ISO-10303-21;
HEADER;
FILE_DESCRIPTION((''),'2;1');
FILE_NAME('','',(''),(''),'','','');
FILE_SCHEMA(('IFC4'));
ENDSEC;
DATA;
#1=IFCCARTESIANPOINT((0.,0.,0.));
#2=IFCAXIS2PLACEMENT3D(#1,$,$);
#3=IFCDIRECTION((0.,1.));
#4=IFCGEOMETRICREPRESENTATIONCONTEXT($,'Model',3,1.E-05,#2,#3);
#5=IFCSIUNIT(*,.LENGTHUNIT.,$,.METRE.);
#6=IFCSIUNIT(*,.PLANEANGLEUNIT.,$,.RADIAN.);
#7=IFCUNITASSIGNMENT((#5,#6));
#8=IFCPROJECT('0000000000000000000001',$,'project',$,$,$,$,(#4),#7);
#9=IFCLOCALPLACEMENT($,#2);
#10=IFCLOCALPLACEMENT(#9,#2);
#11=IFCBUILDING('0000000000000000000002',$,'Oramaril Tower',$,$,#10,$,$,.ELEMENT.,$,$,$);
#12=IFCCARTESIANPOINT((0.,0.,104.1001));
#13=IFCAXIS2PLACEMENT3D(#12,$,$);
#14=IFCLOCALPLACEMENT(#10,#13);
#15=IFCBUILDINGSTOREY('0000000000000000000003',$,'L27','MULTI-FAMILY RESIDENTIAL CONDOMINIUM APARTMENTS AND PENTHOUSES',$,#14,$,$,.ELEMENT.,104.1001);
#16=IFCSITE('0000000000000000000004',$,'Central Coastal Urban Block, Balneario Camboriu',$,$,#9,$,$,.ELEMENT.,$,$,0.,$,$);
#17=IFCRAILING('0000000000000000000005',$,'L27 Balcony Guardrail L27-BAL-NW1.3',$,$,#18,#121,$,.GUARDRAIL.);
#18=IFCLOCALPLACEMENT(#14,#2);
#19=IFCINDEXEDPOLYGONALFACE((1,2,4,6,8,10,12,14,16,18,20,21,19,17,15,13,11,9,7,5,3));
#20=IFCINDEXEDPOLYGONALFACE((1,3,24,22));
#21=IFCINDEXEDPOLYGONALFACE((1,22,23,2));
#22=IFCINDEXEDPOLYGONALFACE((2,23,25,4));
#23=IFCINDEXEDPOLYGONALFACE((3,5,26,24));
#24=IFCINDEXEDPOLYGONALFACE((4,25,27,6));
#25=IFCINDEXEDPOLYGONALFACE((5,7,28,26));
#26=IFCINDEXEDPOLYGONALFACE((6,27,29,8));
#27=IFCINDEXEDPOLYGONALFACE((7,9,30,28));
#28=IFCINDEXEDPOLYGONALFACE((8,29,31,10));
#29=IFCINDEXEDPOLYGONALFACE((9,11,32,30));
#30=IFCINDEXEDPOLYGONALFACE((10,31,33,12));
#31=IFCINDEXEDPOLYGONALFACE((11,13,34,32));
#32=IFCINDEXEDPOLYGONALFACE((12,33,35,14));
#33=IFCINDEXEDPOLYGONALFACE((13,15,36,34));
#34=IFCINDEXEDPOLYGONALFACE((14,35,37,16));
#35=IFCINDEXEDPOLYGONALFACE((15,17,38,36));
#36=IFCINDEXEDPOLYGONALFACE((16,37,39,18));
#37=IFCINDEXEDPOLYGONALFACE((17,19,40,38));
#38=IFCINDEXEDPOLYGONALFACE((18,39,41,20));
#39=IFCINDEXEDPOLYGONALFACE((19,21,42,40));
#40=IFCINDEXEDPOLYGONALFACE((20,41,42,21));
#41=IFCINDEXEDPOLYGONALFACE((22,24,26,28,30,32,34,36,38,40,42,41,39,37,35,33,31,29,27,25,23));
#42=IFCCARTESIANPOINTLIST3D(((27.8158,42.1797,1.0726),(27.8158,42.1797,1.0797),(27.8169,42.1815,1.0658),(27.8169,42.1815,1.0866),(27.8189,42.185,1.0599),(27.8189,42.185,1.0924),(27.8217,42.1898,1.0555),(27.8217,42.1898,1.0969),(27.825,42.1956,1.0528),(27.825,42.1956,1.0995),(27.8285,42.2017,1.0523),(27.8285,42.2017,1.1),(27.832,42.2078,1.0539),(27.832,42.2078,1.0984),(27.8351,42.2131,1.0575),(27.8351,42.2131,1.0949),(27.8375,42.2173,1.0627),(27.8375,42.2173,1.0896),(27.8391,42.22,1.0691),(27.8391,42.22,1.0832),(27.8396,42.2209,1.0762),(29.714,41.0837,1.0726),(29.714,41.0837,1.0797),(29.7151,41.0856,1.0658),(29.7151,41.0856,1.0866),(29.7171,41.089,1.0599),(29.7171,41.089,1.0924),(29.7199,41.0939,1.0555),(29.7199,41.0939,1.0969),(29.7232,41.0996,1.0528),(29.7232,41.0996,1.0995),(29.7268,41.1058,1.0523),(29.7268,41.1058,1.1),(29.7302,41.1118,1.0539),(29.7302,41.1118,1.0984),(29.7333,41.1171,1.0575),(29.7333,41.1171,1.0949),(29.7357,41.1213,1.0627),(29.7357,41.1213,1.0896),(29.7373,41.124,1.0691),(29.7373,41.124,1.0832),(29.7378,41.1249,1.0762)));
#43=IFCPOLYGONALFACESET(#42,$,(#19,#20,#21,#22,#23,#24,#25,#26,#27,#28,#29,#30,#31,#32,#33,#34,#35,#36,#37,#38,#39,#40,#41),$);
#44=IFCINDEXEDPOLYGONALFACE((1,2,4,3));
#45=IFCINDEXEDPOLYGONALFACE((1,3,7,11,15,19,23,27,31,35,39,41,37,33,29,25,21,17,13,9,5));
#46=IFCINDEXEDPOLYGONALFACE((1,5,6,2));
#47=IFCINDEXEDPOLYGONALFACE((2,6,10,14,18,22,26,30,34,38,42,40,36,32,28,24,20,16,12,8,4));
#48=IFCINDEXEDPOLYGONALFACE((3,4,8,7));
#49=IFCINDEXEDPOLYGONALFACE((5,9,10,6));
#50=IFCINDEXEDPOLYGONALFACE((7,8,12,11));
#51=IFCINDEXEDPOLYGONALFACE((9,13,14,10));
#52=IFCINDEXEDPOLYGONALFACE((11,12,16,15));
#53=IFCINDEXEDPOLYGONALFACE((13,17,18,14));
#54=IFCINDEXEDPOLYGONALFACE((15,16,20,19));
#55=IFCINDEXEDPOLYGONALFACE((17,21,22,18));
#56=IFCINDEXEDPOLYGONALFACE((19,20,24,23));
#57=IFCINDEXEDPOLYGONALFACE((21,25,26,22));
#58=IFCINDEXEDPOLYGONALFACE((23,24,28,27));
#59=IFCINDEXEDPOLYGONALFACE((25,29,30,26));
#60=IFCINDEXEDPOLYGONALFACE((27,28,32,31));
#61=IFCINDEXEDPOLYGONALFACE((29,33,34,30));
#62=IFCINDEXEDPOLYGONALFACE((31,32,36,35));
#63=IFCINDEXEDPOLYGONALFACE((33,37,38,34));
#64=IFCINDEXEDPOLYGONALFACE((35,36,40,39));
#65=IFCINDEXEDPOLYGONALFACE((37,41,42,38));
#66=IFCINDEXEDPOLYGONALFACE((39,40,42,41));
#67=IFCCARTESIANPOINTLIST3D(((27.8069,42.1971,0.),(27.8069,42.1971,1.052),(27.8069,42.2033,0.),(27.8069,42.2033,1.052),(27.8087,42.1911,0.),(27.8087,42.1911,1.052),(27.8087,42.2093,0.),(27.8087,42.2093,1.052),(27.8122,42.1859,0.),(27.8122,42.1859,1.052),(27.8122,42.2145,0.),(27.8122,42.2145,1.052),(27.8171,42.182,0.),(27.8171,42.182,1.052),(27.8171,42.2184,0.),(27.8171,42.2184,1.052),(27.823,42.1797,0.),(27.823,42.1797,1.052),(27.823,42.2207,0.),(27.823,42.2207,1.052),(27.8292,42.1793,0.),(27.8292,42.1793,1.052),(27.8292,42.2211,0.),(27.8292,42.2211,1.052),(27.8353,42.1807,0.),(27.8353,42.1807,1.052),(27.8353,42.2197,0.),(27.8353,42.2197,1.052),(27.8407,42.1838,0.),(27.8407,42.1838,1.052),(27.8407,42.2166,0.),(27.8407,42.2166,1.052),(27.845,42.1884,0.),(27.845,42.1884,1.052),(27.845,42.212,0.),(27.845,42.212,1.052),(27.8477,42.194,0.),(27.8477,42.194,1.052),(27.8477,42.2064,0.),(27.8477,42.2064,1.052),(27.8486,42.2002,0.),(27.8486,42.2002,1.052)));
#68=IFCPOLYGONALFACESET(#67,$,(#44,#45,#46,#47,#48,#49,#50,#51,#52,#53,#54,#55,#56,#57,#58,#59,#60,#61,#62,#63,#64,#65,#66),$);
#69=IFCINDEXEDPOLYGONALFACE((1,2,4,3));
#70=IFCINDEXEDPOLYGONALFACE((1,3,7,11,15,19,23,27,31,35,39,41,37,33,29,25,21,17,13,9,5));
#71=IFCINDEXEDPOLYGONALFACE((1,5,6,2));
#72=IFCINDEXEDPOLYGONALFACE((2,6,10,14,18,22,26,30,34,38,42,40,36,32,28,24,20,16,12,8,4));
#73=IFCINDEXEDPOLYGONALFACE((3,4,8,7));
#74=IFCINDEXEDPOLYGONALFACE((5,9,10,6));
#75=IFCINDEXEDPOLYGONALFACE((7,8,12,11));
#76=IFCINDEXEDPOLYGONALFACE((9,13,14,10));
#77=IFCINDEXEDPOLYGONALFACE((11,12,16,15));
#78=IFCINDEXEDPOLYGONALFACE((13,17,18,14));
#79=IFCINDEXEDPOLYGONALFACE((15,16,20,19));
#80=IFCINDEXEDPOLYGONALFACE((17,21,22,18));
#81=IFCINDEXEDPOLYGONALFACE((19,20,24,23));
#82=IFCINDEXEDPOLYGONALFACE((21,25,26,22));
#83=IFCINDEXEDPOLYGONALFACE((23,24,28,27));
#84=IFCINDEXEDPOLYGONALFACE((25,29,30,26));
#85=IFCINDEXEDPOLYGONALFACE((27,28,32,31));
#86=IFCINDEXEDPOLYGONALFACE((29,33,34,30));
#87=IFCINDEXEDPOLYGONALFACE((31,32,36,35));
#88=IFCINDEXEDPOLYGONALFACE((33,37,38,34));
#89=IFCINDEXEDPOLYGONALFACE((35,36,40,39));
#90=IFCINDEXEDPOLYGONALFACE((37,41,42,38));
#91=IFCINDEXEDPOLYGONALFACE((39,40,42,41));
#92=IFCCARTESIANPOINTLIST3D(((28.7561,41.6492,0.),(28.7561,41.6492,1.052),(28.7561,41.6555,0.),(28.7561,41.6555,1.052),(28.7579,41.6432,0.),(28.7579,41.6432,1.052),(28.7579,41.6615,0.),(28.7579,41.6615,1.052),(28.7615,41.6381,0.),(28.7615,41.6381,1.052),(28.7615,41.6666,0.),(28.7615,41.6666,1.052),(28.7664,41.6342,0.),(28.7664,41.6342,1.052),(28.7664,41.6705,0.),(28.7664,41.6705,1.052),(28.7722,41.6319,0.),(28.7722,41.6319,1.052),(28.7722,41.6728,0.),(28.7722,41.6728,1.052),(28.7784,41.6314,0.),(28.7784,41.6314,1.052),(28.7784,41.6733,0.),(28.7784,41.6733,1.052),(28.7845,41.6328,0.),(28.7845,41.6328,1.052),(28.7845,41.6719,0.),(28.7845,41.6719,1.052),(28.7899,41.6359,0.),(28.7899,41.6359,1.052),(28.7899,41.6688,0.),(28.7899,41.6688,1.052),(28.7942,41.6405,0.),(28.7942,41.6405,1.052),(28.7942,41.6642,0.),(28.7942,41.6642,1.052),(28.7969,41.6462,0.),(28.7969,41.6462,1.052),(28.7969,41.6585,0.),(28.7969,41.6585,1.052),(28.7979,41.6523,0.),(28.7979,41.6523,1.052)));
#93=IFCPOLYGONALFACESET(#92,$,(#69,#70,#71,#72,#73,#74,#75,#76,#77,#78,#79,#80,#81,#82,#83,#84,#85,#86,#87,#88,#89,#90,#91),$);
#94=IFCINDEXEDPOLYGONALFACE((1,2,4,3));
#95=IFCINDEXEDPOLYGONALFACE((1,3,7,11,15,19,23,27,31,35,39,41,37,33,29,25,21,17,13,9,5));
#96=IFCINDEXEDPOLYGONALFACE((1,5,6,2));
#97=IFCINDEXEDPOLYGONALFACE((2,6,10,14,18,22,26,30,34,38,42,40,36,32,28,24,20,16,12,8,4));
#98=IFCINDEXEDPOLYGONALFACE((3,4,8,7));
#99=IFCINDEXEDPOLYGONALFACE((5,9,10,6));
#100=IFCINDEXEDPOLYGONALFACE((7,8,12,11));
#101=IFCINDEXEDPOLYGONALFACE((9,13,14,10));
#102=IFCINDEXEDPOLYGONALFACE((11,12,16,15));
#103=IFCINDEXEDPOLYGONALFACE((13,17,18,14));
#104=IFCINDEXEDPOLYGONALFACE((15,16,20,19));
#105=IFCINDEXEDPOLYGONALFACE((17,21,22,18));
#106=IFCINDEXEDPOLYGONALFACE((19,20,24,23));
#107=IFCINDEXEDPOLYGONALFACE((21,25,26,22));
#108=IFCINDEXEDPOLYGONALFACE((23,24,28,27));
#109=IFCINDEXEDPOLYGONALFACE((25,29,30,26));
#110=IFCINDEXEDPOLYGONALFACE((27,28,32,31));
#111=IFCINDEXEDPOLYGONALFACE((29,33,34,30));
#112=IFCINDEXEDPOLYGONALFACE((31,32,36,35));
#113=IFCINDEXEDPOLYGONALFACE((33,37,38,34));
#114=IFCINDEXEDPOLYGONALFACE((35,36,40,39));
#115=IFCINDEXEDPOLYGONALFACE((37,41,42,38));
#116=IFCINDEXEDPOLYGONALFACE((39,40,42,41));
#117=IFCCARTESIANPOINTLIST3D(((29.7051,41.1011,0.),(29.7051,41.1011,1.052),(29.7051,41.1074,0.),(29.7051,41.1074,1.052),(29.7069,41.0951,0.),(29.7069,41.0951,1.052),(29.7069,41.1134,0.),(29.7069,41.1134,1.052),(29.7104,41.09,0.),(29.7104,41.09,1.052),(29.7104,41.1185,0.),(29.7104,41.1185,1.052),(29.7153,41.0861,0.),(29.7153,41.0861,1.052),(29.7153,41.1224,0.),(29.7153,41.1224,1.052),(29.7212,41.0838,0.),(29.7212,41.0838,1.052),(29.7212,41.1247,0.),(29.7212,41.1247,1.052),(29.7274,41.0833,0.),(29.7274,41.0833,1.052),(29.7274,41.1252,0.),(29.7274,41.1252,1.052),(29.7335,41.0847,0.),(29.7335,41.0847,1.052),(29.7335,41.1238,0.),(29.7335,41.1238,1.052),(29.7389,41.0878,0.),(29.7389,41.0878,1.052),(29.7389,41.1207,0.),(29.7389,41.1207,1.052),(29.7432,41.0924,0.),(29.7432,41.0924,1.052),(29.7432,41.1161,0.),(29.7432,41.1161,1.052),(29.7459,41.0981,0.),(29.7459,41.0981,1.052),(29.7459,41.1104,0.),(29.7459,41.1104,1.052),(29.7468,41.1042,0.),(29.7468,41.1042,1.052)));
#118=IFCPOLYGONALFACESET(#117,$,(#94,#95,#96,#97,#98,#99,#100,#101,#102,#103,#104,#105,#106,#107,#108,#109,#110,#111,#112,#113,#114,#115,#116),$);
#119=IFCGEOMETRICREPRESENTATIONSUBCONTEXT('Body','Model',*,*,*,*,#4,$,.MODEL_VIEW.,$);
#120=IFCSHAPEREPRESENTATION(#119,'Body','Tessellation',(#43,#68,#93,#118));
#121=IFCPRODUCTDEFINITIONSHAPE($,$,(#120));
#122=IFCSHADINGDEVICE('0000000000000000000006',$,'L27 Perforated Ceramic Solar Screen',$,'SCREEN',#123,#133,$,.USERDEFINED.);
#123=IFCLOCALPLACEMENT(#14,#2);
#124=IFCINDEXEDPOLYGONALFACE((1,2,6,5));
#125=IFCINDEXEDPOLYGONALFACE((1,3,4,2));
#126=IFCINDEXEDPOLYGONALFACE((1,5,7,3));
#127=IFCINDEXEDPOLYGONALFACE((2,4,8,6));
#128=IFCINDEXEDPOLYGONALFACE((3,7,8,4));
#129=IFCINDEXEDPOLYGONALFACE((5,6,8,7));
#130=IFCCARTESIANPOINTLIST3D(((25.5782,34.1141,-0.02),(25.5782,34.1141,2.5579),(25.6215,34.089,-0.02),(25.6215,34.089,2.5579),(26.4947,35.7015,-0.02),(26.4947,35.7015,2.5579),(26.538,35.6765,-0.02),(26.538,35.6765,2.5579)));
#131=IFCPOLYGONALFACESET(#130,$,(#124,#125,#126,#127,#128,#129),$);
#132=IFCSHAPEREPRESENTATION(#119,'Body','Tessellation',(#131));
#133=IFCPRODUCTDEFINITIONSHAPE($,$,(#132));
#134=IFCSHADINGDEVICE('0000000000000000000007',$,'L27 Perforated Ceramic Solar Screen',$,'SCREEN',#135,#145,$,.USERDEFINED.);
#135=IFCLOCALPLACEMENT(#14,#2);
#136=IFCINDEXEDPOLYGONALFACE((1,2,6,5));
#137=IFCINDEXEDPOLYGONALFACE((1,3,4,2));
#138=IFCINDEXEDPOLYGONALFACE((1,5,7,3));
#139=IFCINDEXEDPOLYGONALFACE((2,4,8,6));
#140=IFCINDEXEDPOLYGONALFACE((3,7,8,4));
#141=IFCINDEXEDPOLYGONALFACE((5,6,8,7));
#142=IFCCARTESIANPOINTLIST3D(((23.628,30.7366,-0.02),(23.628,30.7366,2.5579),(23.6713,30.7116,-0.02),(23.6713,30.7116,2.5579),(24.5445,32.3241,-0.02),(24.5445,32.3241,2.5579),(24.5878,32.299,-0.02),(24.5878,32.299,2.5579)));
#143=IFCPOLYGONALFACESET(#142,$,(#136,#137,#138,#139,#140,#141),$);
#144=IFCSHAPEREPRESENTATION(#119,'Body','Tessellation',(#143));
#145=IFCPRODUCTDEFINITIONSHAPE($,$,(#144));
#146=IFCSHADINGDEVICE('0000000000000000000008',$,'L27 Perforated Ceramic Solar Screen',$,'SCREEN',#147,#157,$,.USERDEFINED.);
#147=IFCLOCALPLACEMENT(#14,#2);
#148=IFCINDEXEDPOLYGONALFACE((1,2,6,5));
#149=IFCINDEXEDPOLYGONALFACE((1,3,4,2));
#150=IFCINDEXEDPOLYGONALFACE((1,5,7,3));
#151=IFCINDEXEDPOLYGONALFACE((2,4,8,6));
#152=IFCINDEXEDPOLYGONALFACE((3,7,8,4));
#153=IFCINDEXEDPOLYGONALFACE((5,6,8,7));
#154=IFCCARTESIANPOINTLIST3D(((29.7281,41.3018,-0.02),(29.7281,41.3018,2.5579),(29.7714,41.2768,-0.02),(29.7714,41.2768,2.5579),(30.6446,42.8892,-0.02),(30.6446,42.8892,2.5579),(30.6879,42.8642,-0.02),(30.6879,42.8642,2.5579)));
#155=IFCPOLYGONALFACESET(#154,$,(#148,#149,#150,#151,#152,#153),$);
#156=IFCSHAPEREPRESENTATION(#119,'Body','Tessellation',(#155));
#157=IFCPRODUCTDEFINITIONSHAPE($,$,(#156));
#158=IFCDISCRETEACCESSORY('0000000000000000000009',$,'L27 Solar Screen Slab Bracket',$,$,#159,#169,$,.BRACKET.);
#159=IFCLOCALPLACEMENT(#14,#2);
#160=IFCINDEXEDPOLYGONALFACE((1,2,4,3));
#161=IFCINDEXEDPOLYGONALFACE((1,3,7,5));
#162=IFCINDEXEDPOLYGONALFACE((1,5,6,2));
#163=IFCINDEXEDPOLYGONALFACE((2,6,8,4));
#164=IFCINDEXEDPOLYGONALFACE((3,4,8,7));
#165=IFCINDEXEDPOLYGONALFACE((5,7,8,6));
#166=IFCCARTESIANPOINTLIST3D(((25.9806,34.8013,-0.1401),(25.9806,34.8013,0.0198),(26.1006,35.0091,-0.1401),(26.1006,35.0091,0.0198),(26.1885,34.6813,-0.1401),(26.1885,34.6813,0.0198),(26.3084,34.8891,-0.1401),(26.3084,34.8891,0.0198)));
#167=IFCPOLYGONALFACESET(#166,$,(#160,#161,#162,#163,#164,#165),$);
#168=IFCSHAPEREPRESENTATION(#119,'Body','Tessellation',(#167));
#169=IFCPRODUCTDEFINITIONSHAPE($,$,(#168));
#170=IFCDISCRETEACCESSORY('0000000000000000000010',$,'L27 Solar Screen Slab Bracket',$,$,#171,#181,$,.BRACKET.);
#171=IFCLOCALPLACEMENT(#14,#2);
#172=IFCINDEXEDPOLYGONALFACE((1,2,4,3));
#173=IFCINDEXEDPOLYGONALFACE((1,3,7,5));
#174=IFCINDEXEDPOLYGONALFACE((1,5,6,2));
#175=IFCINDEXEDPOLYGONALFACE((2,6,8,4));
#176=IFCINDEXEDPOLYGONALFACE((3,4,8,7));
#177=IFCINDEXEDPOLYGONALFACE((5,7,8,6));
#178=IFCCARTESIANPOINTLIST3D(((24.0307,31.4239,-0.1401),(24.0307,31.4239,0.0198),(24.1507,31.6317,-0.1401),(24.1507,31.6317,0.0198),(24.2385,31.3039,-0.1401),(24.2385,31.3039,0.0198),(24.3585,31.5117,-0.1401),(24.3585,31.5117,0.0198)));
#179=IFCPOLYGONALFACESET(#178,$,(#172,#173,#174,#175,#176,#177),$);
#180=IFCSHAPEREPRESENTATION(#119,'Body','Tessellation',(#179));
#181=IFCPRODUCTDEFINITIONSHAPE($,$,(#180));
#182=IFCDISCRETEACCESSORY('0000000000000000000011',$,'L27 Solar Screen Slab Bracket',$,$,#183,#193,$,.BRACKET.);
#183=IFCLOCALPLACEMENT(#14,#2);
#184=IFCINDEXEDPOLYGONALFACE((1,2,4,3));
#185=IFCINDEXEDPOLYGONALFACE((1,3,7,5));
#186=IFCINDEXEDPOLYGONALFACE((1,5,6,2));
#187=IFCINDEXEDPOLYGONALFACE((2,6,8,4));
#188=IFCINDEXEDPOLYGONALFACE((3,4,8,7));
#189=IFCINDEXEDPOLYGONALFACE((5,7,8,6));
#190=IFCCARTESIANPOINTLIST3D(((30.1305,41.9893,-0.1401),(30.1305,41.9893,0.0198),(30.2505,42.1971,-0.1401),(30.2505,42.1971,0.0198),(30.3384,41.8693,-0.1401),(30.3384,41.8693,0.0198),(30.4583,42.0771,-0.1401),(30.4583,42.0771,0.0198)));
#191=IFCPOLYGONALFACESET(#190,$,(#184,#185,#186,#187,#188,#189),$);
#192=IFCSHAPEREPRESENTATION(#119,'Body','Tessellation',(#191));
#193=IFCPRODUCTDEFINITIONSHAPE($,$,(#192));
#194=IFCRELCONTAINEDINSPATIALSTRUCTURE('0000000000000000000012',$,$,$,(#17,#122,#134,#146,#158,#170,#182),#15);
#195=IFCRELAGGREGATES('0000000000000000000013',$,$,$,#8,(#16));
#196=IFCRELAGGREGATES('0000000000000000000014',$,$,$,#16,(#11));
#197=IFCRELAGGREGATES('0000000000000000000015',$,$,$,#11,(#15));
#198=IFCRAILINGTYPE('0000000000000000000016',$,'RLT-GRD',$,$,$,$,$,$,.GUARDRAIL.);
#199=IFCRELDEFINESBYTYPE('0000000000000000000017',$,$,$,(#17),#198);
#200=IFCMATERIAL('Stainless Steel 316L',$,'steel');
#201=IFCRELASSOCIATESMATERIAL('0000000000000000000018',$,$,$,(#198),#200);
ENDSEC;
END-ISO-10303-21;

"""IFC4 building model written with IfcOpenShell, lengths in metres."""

from ifc_helpers import new_model, si_unit, direction, frame, origin, origin_2d, place, context, subcontext, project, spatial, rectangle, circle, extrude, material, type_object, element, save


model = new_model("IFC4")

# Units and contexts
model_context = context("Model", 3, precision=1e-05, world=origin(), true_north=direction((0.0, 1.0)))
body_context = subcontext(model_context, "Body", "Model", "MODEL_VIEW")
ifc_project = project(units=[si_unit("LENGTHUNIT", "METRE"), si_unit("PLANEANGLEUNIT", "RADIAN")], contexts=[model_context])

# Site, building, storey
site_placement = place(None, origin())
site = spatial("IfcSite", under=ifc_project, at=site_placement, Name="Central Coastal Urban Block, Balneario Camboriu", CompositionType="ELEMENT", RefElevation=0.0)
building_placement = place(site_placement, origin())
building = spatial("IfcBuilding", under=site, at=building_placement, Name="Oramaril Tower", CompositionType="ELEMENT")
storey_placement = place(building_placement, frame((0.0, 0.0, 104.1001)))
storey = spatial("IfcBuildingStorey", under=building, at=storey_placement, Name="L27", Description="MULTI-FAMILY RESIDENTIAL CONDOMINIUM APARTMENTS AND PENTHOUSES", CompositionType="ELEMENT", Elevation=104.1001)

# Railing
ifc_material_1 = material(Name="Stainless Steel 316L", Category="steel")
railing_type = type_object("IfcRailingType", Name="RLT-GRD", PredefinedType="GUARDRAIL", material=ifc_material_1)
railing_1_placement = place(storey_placement, frame((27.8276, 42.2002, 0.0)))
element("IfcRailing", 1, at=railing_1_placement, inside=storey, type_object=railing_type, Name="L27 Balcony Guardrail L27-BAL-NW1.3", PredefinedType="GUARDRAIL", context=body_context, shape_type="SweptSolid", body=[
    extrude(circle(Radius=0.0239, at=origin_2d()), frame((0.0, 0.0, 1.0762), z_axis=(0.866021, -0.500008, 0.0), x_axis=(0.500008, 0.866021, 0.0)), (0.0, 0.0, 1.0), 2.1919),
    extrude(circle(Radius=0.021, at=origin_2d()), origin(), (0.0, 0.0, 1.0), 1.052),
    extrude(circle(Radius=0.021, at=origin_2d()), frame((0.9492, -0.5479, 0.0)), (0.0, 0.0, 1.0), 1.052),
    extrude(circle(Radius=0.021, at=origin_2d()), frame((1.8982, -1.0959, 0.0)), (0.0, 0.0, 1.0), 1.052),
])

# Shading devices
for number, where, z_axis, x_axis, name in (
    (2, (26.0581, 34.8953, -0.02), (0.0, 0.0, 1.0), (-0.5, -0.866025, 0.0), "L27 Perforated Ceramic Solar Screen"),
    (3, (24.1079, 31.5178, -0.02), (0.0, 0.0, 1.0), (-0.5, -0.866025, 0.0), "L27 Perforated Ceramic Solar Screen"),
    (4, (30.208, 42.083, -0.02), (0.0, 0.0, 1.0), (-0.5, -0.866025, 0.0), "L27 Perforated Ceramic Solar Screen"),
):
    element("IfcShadingDevice", number, at=place(storey_placement, frame(where, z_axis=z_axis, x_axis=x_axis)), inside=storey, Name=name, ObjectType="SCREEN", PredefinedType="USERDEFINED", context=body_context, shape_type="SweptSolid", body=[
        extrude(rectangle(XDim=1.833, YDim=0.05, at=origin_2d()), origin(), (0.0, 0.0, 1.0), 2.5779),
    ])

# Discrete accessories
for number, where, z_axis, x_axis, name in (
    (5, (26.1445, 34.8452, -0.1401), (0.0, 0.0, 1.0), (-0.5, -0.866025, 0.0), "L27 Solar Screen Slab Bracket"),
    (6, (24.1946, 31.4678, -0.1401), (0.0, 0.0, 1.0), (-0.5, -0.866025, 0.0), "L27 Solar Screen Slab Bracket"),
    (7, (30.2944, 42.0332, -0.1401), (0.0, 0.0, 1.0), (-0.5, -0.866025, 0.0), "L27 Solar Screen Slab Bracket"),
):
    element("IfcDiscreteAccessory", number, at=place(storey_placement, frame(where, z_axis=z_axis, x_axis=x_axis)), inside=storey, Name=name, PredefinedType="BRACKET", context=body_context, shape_type="SweptSolid", body=[
        extrude(rectangle(XDim=0.24, YDim=0.24, at=origin_2d()), origin(), (0.0, 0.0, 1.0), 0.1599),
    ])

save(model, "model.ifc")
